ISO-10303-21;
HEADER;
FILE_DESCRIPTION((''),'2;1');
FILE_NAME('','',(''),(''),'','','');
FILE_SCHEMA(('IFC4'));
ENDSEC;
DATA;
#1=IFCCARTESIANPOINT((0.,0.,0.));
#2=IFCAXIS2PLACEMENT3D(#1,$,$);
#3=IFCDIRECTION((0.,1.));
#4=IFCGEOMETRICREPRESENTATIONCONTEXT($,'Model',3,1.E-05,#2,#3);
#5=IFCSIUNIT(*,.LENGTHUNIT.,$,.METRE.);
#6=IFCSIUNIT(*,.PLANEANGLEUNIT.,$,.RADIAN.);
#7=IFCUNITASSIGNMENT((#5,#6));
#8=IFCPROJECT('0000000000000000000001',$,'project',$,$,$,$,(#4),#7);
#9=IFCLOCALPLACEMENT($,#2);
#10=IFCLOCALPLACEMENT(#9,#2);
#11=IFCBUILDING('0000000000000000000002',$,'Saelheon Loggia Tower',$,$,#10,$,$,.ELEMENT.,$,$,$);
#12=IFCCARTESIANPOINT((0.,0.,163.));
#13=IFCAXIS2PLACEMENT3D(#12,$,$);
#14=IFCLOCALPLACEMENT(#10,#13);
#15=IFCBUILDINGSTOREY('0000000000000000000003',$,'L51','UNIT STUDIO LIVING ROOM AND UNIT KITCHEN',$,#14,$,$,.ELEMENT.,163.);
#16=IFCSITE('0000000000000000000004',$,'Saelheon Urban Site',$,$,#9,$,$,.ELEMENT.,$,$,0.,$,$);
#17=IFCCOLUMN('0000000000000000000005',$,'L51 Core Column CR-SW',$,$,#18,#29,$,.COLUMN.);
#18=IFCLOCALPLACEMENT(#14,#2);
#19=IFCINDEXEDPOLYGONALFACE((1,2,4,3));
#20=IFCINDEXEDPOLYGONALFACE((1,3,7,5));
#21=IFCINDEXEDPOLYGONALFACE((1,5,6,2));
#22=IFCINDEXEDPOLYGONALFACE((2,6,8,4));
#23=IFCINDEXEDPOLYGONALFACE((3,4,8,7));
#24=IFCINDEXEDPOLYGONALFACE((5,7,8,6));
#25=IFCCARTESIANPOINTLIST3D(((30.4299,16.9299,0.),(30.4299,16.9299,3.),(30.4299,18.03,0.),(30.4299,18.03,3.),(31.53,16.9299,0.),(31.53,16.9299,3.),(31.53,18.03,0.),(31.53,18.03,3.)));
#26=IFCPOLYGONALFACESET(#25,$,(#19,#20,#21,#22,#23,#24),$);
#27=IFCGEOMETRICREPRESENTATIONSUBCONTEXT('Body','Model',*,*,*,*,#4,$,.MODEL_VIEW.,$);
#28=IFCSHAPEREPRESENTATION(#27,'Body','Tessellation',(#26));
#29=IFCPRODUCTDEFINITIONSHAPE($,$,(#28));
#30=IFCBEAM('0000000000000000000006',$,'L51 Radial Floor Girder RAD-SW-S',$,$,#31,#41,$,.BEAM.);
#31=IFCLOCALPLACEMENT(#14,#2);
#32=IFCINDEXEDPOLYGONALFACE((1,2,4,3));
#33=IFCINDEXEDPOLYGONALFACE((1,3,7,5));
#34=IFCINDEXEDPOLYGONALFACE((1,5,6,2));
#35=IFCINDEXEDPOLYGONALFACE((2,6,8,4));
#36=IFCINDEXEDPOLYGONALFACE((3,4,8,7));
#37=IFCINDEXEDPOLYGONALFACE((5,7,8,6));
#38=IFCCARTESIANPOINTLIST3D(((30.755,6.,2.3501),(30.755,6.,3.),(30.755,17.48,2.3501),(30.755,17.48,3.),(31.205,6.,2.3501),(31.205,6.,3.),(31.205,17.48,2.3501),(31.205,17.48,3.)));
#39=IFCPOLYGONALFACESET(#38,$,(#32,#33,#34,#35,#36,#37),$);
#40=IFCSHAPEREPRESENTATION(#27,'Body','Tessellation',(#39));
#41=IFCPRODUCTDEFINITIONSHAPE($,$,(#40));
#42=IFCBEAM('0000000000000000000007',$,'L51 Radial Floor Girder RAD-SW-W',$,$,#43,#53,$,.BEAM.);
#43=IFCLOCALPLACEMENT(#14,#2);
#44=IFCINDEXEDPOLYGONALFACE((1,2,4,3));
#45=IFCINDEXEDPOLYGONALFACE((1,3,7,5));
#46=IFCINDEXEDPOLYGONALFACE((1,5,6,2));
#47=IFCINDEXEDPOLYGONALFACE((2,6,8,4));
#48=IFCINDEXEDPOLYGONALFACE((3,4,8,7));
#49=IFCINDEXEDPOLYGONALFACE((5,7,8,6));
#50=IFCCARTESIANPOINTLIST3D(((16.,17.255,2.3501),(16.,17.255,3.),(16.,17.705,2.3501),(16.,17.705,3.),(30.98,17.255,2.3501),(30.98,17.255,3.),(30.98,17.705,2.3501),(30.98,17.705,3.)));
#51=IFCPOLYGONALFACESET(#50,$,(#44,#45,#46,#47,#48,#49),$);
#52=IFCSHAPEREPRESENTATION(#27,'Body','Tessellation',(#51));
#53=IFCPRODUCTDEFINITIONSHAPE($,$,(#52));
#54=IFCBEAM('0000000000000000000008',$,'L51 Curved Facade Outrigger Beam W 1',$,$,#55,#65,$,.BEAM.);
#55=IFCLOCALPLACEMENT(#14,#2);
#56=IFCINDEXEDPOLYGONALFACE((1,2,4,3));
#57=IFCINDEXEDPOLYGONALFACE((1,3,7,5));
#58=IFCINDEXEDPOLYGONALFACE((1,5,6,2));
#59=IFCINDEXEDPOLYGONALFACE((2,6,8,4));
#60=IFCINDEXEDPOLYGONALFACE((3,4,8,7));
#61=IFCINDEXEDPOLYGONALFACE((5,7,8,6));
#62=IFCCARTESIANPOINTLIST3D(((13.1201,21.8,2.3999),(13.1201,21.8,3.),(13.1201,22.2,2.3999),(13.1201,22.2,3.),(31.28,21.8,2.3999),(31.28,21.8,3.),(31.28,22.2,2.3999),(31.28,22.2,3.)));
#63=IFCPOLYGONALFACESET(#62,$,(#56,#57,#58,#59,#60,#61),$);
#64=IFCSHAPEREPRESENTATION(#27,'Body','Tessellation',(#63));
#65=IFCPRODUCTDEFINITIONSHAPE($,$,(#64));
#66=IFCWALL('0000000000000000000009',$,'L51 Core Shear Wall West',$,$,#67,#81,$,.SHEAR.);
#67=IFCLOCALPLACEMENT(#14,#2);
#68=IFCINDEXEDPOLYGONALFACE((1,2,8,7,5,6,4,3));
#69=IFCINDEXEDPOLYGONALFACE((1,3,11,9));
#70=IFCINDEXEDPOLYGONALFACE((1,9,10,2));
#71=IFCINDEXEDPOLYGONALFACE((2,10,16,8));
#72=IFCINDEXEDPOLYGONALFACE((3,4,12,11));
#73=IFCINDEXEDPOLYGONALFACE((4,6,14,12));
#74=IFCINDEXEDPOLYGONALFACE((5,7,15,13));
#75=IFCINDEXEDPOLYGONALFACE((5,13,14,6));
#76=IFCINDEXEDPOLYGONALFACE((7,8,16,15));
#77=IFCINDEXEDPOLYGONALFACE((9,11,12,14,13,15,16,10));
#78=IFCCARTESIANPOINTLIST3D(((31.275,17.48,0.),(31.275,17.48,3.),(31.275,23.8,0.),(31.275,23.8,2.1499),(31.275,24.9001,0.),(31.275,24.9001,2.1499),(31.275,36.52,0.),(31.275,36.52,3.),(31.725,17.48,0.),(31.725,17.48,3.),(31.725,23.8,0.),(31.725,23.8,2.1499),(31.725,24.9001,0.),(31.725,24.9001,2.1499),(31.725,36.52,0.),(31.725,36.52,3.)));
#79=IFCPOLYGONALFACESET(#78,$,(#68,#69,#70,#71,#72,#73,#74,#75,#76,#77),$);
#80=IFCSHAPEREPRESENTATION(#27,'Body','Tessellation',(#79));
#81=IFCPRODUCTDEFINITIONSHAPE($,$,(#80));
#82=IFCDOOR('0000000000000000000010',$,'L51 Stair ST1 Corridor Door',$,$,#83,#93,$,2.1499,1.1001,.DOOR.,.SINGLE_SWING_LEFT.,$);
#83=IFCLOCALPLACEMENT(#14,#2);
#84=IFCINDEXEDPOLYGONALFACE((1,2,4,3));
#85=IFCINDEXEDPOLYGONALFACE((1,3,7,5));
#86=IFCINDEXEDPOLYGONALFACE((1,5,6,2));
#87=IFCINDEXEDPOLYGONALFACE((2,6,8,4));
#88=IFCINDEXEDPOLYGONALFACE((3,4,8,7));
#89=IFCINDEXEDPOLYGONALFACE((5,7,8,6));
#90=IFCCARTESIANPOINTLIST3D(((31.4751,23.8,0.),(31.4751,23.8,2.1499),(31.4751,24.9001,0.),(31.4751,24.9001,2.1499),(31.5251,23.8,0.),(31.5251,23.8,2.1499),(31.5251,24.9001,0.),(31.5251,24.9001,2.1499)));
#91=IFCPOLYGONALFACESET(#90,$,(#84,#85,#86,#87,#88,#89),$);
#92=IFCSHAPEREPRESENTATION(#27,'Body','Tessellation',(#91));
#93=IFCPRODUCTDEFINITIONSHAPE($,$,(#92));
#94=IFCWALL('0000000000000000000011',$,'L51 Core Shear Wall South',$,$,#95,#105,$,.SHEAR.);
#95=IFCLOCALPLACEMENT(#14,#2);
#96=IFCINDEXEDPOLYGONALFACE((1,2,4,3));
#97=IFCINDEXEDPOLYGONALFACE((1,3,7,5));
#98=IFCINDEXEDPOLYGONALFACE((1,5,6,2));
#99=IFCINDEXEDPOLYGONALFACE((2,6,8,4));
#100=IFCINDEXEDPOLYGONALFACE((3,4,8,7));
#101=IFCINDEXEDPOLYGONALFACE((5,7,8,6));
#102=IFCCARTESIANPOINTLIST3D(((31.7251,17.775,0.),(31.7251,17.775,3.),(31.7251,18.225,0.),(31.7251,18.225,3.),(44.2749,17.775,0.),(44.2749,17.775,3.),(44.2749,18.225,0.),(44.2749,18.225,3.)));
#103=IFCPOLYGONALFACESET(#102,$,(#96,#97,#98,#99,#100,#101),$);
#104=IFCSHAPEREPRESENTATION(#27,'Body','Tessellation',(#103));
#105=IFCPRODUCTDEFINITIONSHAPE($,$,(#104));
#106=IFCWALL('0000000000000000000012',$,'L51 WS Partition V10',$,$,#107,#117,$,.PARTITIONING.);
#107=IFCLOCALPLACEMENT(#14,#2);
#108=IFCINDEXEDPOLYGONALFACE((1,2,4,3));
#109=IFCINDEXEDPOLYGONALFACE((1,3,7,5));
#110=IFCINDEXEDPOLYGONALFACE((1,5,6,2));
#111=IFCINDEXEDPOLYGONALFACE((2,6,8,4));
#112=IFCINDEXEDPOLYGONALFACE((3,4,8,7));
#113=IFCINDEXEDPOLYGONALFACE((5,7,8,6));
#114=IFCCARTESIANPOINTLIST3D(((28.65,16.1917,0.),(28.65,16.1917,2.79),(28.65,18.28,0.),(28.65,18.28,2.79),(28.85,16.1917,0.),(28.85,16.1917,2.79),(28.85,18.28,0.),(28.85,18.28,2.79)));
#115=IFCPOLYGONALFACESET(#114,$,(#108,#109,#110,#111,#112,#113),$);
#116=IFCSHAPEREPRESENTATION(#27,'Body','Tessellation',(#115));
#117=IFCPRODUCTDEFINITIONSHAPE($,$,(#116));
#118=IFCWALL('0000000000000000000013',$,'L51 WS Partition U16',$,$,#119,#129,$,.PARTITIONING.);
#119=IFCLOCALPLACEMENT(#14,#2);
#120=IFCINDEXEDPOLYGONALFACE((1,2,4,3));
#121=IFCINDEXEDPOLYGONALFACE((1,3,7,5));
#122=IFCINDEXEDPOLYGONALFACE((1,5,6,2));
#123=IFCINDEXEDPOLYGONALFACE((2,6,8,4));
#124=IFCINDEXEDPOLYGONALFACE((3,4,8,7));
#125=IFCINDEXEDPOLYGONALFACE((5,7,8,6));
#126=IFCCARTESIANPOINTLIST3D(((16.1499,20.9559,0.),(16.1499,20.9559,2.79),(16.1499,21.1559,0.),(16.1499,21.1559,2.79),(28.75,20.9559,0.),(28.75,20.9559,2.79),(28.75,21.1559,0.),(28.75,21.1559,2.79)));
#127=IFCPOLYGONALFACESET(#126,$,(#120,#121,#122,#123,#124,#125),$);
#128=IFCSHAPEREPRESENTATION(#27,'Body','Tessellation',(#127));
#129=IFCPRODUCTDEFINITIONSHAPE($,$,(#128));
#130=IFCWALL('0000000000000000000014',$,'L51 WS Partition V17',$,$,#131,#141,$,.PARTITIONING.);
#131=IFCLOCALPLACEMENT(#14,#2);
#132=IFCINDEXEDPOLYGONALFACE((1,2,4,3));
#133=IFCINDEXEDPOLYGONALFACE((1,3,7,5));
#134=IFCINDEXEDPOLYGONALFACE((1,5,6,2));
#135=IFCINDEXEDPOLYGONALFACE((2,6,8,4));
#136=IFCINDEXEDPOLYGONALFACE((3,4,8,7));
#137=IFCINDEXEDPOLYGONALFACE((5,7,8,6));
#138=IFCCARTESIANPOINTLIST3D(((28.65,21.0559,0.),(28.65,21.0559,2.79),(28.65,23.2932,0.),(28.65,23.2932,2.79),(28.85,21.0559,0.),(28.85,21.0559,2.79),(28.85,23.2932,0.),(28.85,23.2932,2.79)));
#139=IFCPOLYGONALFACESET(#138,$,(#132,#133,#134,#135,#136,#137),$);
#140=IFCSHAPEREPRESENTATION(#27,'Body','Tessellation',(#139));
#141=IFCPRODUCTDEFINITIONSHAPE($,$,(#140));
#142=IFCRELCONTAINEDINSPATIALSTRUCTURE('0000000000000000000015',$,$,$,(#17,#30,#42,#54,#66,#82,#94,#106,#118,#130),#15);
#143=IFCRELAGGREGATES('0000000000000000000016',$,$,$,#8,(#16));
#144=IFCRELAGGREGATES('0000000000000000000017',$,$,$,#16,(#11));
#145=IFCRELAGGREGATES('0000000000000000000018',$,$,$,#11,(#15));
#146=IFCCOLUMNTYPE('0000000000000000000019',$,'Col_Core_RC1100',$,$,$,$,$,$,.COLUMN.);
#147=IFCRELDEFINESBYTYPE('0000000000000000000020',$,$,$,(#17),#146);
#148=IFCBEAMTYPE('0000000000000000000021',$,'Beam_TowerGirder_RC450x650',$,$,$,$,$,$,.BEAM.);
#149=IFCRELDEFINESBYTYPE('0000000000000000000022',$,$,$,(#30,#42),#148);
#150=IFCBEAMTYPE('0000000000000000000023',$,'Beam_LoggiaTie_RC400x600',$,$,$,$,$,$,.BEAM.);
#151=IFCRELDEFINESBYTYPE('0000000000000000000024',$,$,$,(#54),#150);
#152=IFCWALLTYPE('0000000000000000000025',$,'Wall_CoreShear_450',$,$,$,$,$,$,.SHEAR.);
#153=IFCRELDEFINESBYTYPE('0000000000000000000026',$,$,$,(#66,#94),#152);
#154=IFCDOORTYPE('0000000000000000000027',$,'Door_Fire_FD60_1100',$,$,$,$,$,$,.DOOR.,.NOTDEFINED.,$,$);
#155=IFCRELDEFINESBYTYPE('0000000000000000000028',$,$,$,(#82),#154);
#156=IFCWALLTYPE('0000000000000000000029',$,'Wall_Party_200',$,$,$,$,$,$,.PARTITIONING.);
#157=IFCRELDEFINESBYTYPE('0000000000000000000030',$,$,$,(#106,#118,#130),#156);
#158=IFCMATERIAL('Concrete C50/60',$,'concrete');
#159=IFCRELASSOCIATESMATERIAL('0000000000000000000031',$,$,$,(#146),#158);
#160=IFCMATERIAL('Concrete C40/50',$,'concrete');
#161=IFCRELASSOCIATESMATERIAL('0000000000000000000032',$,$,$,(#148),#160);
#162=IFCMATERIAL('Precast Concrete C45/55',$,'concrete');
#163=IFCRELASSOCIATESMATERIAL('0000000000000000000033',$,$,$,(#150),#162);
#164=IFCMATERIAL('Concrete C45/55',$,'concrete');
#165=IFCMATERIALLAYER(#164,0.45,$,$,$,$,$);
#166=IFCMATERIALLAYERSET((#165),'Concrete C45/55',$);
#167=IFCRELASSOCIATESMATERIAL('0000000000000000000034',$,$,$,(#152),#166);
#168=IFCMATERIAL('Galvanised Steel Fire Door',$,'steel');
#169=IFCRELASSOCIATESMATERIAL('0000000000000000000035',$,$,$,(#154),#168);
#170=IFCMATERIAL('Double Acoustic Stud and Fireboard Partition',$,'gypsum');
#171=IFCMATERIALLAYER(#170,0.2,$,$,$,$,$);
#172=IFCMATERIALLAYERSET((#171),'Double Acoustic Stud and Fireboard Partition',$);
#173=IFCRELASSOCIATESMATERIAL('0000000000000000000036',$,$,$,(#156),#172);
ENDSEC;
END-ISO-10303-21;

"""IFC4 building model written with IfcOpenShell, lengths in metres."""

from ifc_helpers import new_model, si_unit, direction, frame, frame_2d, origin, origin_2d, place, context, subcontext, project, spatial, rectangle, extrude, source, transform, mapped, material, layer, layer_set, material_profile, profile_set, type_object, element, fill, save


model = new_model("IFC4")

# Units and contexts
model_context = context("Model", 3, precision=1e-05, world=origin(), true_north=direction((0.0, 1.0)))
body_context = subcontext(model_context, "Body", "Model", "MODEL_VIEW")
ifc_project = project(units=[si_unit("LENGTHUNIT", "METRE"), si_unit("PLANEANGLEUNIT", "RADIAN")], contexts=[model_context])

# Site, building, storey
site_placement = place(None, origin())
site = spatial("IfcSite", under=ifc_project, at=site_placement, Name="Saelheon Urban Site", CompositionType="ELEMENT", RefElevation=0.0)
building_placement = place(site_placement, origin())
building = spatial("IfcBuilding", under=site, at=building_placement, Name="Saelheon Loggia Tower", CompositionType="ELEMENT")
storey_placement = place(building_placement, frame((0.0, 0.0, 163.0)))
storey = spatial("IfcBuildingStorey", under=building, at=storey_placement, Name="L51", Description="UNIT STUDIO LIVING ROOM AND UNIT KITCHEN", CompositionType="ELEMENT", Elevation=163.0)

# Column
ifc_material_1 = material(Name="Concrete C50/60", Category="concrete")
ifc_material_profile_1 = material_profile(ifc_material_1, rectangle(XDim=1.1001, YDim=1.1001, at=origin_2d()), Name="RC-1100x1100")
ifc_profile_set_1 = profile_set([ifc_material_profile_1], Name="Concrete C50/60")
column_type = type_object("IfcColumnType", Name="Col_Core_RC1100", PredefinedType="COLUMN", material=ifc_profile_set_1)
shared_shape_1 = source(origin(), body_context, "Body", "SweptSolid", [
    extrude(rectangle(XDim=1.1001, YDim=1.1001, at=origin_2d()), origin(), (0.0, 0.0, 1.0), 3.0),
])
column_placement = place(storey_placement, frame((30.98, 17.48, 0.0), z_axis=(0.0, 0.0, 1.0), x_axis=(1.0, 0.0, 0.0)))
element("IfcColumn", 1, at=column_placement, inside=storey, type_object=column_type, Name="L51 Core Column CR-SW", PredefinedType="COLUMN", context=body_context, shape_type="MappedRepresentation", body=[
    mapped(shared_shape_1, transform((0.0, 0.0, 0.0), scale=1.0)),
])

# Beams
ifc_material_2 = material(Name="Concrete C40/50", Category="concrete")
ifc_material_profile_2 = material_profile(ifc_material_2, rectangle(XDim=0.45, YDim=0.6499, at=origin_2d()), Name="RC-450x650")
ifc_profile_set_2 = profile_set([ifc_material_profile_2], Name="Concrete C40/50")
beam_type_1 = type_object("IfcBeamType", Name="Beam_TowerGirder_RC450x650", PredefinedType="BEAM", material=ifc_profile_set_2)
shared_shape_2 = source(origin(), body_context, "Body", "SweptSolid", [
    extrude(rectangle(XDim=0.45, YDim=0.6499, at=origin_2d()), origin(), (0.0, 0.0, 1.0), 11.48),
])
beam_1_placement = place(storey_placement, frame((30.98, 17.48, 2.675), z_axis=(0.0, -1.0, 0.0), x_axis=(1.0, 0.0, 0.0)))
element("IfcBeam", 2, at=beam_1_placement, inside=storey, type_object=beam_type_1, Name="L51 Radial Floor Girder RAD-SW-S", PredefinedType="BEAM", context=body_context, shape_type="MappedRepresentation", body=[
    mapped(shared_shape_2, transform((0.0, 0.0, 0.0), scale=1.0)),
])
shared_shape_3 = source(origin(), body_context, "Body", "SweptSolid", [
    extrude(rectangle(XDim=0.45, YDim=0.6499, at=origin_2d()), origin(), (0.0, 0.0, 1.0), 14.98),
])
beam_2_placement = place(storey_placement, frame((30.98, 17.48, 2.675), z_axis=(-1.0, 0.0, 0.0), x_axis=(0.0, -1.0, 0.0)))
element("IfcBeam", 3, at=beam_2_placement, inside=storey, type_object=beam_type_1, Name="L51 Radial Floor Girder RAD-SW-W", PredefinedType="BEAM", context=body_context, shape_type="MappedRepresentation", body=[
    mapped(shared_shape_3, transform((0.0, 0.0, 0.0), scale=1.0)),
])
ifc_material_3 = material(Name="Precast Concrete C45/55", Category="concrete")
ifc_material_profile_3 = material_profile(ifc_material_3, rectangle(XDim=0.3999, YDim=0.6001, at=origin_2d()), Name="RC-400x600")
ifc_profile_set_3 = profile_set([ifc_material_profile_3], Name="Precast Concrete C45/55")
beam_type_2 = type_object("IfcBeamType", Name="Beam_LoggiaTie_RC400x600", PredefinedType="BEAM", material=ifc_profile_set_3)
shared_shape_4 = source(origin(), body_context, "Body", "SweptSolid", [
    extrude(rectangle(XDim=0.3999, YDim=0.6001, at=origin_2d()), origin(), (0.0, 0.0, 1.0), 18.1599),
])
beam_3_placement = place(storey_placement, frame((31.28, 22.0, 2.7), z_axis=(-1.0, 0.0, 0.0), x_axis=(0.0, -1.0, 0.0)))
element("IfcBeam", 4, at=beam_3_placement, inside=storey, type_object=beam_type_2, Name="L51 Curved Facade Outrigger Beam W 1", PredefinedType="BEAM", context=body_context, shape_type="MappedRepresentation", body=[
    mapped(shared_shape_4, transform((0.0, 0.0, 0.0), scale=1.0)),
])

# Wall, opening, door
ifc_material_4 = material(Name="Concrete C45/55", Category="concrete")
ifc_layer_1 = layer(ifc_material_4, 0.45)
ifc_layer_set_1 = layer_set([ifc_layer_1], Name="Concrete C45/55")
wall_type_1 = type_object("IfcWallType", Name="Wall_CoreShear_450", PredefinedType="SHEAR", material=ifc_layer_set_1)
wall_1_placement = place(storey_placement, frame((31.5, 17.48, 0.0), z_axis=(0.0, 0.0, 1.0), x_axis=(0.0, 1.0, 0.0)))
wall_1 = element("IfcWall", 5, at=wall_1_placement, inside=storey, type_object=wall_type_1, Name="L51 Core Shear Wall West", PredefinedType="SHEAR", context=body_context, shape_type="SweptSolid", body=[
    extrude(rectangle(XDim=19.04, YDim=0.45, at=frame_2d((9.52, 0.0))), origin(), (0.0, 0.0, 1.0), 3.0),
])
opening_1_placement = place(wall_1_placement, frame((6.3201, 0.0, 0.0)))
opening_1 = element("IfcOpeningElement", 6, at=opening_1_placement, cuts=wall_1, PredefinedType="OPENING", context=body_context, shape_type="SweptSolid", body=[
    extrude(rectangle(XDim=1.1001, YDim=2.1499, at=frame_2d((0.55, 1.075))), frame((0.0, 0.2371, 0.0), z_axis=(0.0, -1.0, 0.0), x_axis=(1.0, 0.0, 0.0)), (0.0, 0.0, 1.0), 0.4739),
])
ifc_material_5 = material(Name="Galvanised Steel Fire Door", Category="steel")
door_type_1 = type_object("IfcDoorType", Name="Door_Fire_FD60_1100", OperationType="NOTDEFINED", PredefinedType="DOOR", material=ifc_material_5)
shared_shape_5 = source(origin(), body_context, "Body", "SweptSolid", [
    extrude(rectangle(XDim=1.1001, YDim=2.1499, at=frame_2d((0.55, 1.075))), frame((0.0, 0.0249, 0.0), z_axis=(0.0, -1.0, 0.0), x_axis=(1.0, 0.0, 0.0)), (0.0, 0.0, 1.0), 0.05),
])
door_1_placement = place(opening_1_placement, origin())
door_1 = element("IfcDoor", 7, at=door_1_placement, inside=storey, type_object=door_type_1, Name="L51 Stair ST1 Corridor Door", OperationType="SINGLE_SWING_LEFT", OverallHeight=2.1499, OverallWidth=1.1001, PredefinedType="DOOR", context=body_context, shape_type="MappedRepresentation", body=[
    mapped(shared_shape_5, transform((0.0, 0.0, 0.0), scale=1.0)),
])
fill(opening_1, door_1)

# Walls
wall_2_placement = place(storey_placement, frame((31.7251, 18.0, 0.0), z_axis=(0.0, 0.0, 1.0), x_axis=(1.0, 0.0, 0.0)))
element("IfcWall", 8, at=wall_2_placement, inside=storey, type_object=wall_type_1, Name="L51 Core Shear Wall South", PredefinedType="SHEAR", context=body_context, shape_type="SweptSolid", body=[
    extrude(rectangle(XDim=12.5498, YDim=0.45, at=frame_2d((6.2749, 0.0))), origin(), (0.0, 0.0, 1.0), 3.0),
])
ifc_material_6 = material(Name="Double Acoustic Stud and Fireboard Partition", Category="gypsum")
ifc_layer_2 = layer(ifc_material_6, 0.2)
ifc_layer_set_2 = layer_set([ifc_layer_2], Name="Double Acoustic Stud and Fireboard Partition")
wall_type_2 = type_object("IfcWallType", Name="Wall_Party_200", PredefinedType="PARTITIONING", material=ifc_layer_set_2)
wall_3_placement = place(storey_placement, frame((28.75, 16.1917, 0.0), z_axis=(0.0, 0.0, 1.0), x_axis=(0.0, 1.0, 0.0)))
element("IfcWall", 9, at=wall_3_placement, inside=storey, type_object=wall_type_2, Name="L51 WS Partition V10", PredefinedType="PARTITIONING", context=body_context, shape_type="SweptSolid", body=[
    extrude(rectangle(XDim=2.0884, YDim=0.2, at=frame_2d((1.0442, 0.0))), origin(), (0.0, 0.0, 1.0), 2.79),
])

# Walls
wall_4_placement = place(storey_placement, frame((28.75, 21.0559, 0.0), z_axis=(0.0, 0.0, 1.0), x_axis=(-1.0, 0.0, 0.0)))
element("IfcWall", 10, at=wall_4_placement, inside=storey, type_object=wall_type_2, Name="L51 WS Partition U16", PredefinedType="PARTITIONING", context=body_context, shape_type="SweptSolid", body=[
    extrude(rectangle(XDim=12.6001, YDim=0.2, at=frame_2d((6.3, 0.0))), origin(), (0.0, 0.0, 1.0), 2.79),
])
wall_5_placement = place(storey_placement, frame((28.75, 21.0559, 0.0), z_axis=(0.0, 0.0, 1.0), x_axis=(0.0, 1.0, 0.0)))
element("IfcWall", 11, at=wall_5_placement, inside=storey, type_object=wall_type_2, Name="L51 WS Partition V17", PredefinedType="PARTITIONING", context=body_context, shape_type="SweptSolid", body=[
    extrude(rectangle(XDim=2.2373, YDim=0.2, at=frame_2d((1.1187, 0.0))), origin(), (0.0, 0.0, 1.0), 2.79),
])

save(model, "model.ifc")
